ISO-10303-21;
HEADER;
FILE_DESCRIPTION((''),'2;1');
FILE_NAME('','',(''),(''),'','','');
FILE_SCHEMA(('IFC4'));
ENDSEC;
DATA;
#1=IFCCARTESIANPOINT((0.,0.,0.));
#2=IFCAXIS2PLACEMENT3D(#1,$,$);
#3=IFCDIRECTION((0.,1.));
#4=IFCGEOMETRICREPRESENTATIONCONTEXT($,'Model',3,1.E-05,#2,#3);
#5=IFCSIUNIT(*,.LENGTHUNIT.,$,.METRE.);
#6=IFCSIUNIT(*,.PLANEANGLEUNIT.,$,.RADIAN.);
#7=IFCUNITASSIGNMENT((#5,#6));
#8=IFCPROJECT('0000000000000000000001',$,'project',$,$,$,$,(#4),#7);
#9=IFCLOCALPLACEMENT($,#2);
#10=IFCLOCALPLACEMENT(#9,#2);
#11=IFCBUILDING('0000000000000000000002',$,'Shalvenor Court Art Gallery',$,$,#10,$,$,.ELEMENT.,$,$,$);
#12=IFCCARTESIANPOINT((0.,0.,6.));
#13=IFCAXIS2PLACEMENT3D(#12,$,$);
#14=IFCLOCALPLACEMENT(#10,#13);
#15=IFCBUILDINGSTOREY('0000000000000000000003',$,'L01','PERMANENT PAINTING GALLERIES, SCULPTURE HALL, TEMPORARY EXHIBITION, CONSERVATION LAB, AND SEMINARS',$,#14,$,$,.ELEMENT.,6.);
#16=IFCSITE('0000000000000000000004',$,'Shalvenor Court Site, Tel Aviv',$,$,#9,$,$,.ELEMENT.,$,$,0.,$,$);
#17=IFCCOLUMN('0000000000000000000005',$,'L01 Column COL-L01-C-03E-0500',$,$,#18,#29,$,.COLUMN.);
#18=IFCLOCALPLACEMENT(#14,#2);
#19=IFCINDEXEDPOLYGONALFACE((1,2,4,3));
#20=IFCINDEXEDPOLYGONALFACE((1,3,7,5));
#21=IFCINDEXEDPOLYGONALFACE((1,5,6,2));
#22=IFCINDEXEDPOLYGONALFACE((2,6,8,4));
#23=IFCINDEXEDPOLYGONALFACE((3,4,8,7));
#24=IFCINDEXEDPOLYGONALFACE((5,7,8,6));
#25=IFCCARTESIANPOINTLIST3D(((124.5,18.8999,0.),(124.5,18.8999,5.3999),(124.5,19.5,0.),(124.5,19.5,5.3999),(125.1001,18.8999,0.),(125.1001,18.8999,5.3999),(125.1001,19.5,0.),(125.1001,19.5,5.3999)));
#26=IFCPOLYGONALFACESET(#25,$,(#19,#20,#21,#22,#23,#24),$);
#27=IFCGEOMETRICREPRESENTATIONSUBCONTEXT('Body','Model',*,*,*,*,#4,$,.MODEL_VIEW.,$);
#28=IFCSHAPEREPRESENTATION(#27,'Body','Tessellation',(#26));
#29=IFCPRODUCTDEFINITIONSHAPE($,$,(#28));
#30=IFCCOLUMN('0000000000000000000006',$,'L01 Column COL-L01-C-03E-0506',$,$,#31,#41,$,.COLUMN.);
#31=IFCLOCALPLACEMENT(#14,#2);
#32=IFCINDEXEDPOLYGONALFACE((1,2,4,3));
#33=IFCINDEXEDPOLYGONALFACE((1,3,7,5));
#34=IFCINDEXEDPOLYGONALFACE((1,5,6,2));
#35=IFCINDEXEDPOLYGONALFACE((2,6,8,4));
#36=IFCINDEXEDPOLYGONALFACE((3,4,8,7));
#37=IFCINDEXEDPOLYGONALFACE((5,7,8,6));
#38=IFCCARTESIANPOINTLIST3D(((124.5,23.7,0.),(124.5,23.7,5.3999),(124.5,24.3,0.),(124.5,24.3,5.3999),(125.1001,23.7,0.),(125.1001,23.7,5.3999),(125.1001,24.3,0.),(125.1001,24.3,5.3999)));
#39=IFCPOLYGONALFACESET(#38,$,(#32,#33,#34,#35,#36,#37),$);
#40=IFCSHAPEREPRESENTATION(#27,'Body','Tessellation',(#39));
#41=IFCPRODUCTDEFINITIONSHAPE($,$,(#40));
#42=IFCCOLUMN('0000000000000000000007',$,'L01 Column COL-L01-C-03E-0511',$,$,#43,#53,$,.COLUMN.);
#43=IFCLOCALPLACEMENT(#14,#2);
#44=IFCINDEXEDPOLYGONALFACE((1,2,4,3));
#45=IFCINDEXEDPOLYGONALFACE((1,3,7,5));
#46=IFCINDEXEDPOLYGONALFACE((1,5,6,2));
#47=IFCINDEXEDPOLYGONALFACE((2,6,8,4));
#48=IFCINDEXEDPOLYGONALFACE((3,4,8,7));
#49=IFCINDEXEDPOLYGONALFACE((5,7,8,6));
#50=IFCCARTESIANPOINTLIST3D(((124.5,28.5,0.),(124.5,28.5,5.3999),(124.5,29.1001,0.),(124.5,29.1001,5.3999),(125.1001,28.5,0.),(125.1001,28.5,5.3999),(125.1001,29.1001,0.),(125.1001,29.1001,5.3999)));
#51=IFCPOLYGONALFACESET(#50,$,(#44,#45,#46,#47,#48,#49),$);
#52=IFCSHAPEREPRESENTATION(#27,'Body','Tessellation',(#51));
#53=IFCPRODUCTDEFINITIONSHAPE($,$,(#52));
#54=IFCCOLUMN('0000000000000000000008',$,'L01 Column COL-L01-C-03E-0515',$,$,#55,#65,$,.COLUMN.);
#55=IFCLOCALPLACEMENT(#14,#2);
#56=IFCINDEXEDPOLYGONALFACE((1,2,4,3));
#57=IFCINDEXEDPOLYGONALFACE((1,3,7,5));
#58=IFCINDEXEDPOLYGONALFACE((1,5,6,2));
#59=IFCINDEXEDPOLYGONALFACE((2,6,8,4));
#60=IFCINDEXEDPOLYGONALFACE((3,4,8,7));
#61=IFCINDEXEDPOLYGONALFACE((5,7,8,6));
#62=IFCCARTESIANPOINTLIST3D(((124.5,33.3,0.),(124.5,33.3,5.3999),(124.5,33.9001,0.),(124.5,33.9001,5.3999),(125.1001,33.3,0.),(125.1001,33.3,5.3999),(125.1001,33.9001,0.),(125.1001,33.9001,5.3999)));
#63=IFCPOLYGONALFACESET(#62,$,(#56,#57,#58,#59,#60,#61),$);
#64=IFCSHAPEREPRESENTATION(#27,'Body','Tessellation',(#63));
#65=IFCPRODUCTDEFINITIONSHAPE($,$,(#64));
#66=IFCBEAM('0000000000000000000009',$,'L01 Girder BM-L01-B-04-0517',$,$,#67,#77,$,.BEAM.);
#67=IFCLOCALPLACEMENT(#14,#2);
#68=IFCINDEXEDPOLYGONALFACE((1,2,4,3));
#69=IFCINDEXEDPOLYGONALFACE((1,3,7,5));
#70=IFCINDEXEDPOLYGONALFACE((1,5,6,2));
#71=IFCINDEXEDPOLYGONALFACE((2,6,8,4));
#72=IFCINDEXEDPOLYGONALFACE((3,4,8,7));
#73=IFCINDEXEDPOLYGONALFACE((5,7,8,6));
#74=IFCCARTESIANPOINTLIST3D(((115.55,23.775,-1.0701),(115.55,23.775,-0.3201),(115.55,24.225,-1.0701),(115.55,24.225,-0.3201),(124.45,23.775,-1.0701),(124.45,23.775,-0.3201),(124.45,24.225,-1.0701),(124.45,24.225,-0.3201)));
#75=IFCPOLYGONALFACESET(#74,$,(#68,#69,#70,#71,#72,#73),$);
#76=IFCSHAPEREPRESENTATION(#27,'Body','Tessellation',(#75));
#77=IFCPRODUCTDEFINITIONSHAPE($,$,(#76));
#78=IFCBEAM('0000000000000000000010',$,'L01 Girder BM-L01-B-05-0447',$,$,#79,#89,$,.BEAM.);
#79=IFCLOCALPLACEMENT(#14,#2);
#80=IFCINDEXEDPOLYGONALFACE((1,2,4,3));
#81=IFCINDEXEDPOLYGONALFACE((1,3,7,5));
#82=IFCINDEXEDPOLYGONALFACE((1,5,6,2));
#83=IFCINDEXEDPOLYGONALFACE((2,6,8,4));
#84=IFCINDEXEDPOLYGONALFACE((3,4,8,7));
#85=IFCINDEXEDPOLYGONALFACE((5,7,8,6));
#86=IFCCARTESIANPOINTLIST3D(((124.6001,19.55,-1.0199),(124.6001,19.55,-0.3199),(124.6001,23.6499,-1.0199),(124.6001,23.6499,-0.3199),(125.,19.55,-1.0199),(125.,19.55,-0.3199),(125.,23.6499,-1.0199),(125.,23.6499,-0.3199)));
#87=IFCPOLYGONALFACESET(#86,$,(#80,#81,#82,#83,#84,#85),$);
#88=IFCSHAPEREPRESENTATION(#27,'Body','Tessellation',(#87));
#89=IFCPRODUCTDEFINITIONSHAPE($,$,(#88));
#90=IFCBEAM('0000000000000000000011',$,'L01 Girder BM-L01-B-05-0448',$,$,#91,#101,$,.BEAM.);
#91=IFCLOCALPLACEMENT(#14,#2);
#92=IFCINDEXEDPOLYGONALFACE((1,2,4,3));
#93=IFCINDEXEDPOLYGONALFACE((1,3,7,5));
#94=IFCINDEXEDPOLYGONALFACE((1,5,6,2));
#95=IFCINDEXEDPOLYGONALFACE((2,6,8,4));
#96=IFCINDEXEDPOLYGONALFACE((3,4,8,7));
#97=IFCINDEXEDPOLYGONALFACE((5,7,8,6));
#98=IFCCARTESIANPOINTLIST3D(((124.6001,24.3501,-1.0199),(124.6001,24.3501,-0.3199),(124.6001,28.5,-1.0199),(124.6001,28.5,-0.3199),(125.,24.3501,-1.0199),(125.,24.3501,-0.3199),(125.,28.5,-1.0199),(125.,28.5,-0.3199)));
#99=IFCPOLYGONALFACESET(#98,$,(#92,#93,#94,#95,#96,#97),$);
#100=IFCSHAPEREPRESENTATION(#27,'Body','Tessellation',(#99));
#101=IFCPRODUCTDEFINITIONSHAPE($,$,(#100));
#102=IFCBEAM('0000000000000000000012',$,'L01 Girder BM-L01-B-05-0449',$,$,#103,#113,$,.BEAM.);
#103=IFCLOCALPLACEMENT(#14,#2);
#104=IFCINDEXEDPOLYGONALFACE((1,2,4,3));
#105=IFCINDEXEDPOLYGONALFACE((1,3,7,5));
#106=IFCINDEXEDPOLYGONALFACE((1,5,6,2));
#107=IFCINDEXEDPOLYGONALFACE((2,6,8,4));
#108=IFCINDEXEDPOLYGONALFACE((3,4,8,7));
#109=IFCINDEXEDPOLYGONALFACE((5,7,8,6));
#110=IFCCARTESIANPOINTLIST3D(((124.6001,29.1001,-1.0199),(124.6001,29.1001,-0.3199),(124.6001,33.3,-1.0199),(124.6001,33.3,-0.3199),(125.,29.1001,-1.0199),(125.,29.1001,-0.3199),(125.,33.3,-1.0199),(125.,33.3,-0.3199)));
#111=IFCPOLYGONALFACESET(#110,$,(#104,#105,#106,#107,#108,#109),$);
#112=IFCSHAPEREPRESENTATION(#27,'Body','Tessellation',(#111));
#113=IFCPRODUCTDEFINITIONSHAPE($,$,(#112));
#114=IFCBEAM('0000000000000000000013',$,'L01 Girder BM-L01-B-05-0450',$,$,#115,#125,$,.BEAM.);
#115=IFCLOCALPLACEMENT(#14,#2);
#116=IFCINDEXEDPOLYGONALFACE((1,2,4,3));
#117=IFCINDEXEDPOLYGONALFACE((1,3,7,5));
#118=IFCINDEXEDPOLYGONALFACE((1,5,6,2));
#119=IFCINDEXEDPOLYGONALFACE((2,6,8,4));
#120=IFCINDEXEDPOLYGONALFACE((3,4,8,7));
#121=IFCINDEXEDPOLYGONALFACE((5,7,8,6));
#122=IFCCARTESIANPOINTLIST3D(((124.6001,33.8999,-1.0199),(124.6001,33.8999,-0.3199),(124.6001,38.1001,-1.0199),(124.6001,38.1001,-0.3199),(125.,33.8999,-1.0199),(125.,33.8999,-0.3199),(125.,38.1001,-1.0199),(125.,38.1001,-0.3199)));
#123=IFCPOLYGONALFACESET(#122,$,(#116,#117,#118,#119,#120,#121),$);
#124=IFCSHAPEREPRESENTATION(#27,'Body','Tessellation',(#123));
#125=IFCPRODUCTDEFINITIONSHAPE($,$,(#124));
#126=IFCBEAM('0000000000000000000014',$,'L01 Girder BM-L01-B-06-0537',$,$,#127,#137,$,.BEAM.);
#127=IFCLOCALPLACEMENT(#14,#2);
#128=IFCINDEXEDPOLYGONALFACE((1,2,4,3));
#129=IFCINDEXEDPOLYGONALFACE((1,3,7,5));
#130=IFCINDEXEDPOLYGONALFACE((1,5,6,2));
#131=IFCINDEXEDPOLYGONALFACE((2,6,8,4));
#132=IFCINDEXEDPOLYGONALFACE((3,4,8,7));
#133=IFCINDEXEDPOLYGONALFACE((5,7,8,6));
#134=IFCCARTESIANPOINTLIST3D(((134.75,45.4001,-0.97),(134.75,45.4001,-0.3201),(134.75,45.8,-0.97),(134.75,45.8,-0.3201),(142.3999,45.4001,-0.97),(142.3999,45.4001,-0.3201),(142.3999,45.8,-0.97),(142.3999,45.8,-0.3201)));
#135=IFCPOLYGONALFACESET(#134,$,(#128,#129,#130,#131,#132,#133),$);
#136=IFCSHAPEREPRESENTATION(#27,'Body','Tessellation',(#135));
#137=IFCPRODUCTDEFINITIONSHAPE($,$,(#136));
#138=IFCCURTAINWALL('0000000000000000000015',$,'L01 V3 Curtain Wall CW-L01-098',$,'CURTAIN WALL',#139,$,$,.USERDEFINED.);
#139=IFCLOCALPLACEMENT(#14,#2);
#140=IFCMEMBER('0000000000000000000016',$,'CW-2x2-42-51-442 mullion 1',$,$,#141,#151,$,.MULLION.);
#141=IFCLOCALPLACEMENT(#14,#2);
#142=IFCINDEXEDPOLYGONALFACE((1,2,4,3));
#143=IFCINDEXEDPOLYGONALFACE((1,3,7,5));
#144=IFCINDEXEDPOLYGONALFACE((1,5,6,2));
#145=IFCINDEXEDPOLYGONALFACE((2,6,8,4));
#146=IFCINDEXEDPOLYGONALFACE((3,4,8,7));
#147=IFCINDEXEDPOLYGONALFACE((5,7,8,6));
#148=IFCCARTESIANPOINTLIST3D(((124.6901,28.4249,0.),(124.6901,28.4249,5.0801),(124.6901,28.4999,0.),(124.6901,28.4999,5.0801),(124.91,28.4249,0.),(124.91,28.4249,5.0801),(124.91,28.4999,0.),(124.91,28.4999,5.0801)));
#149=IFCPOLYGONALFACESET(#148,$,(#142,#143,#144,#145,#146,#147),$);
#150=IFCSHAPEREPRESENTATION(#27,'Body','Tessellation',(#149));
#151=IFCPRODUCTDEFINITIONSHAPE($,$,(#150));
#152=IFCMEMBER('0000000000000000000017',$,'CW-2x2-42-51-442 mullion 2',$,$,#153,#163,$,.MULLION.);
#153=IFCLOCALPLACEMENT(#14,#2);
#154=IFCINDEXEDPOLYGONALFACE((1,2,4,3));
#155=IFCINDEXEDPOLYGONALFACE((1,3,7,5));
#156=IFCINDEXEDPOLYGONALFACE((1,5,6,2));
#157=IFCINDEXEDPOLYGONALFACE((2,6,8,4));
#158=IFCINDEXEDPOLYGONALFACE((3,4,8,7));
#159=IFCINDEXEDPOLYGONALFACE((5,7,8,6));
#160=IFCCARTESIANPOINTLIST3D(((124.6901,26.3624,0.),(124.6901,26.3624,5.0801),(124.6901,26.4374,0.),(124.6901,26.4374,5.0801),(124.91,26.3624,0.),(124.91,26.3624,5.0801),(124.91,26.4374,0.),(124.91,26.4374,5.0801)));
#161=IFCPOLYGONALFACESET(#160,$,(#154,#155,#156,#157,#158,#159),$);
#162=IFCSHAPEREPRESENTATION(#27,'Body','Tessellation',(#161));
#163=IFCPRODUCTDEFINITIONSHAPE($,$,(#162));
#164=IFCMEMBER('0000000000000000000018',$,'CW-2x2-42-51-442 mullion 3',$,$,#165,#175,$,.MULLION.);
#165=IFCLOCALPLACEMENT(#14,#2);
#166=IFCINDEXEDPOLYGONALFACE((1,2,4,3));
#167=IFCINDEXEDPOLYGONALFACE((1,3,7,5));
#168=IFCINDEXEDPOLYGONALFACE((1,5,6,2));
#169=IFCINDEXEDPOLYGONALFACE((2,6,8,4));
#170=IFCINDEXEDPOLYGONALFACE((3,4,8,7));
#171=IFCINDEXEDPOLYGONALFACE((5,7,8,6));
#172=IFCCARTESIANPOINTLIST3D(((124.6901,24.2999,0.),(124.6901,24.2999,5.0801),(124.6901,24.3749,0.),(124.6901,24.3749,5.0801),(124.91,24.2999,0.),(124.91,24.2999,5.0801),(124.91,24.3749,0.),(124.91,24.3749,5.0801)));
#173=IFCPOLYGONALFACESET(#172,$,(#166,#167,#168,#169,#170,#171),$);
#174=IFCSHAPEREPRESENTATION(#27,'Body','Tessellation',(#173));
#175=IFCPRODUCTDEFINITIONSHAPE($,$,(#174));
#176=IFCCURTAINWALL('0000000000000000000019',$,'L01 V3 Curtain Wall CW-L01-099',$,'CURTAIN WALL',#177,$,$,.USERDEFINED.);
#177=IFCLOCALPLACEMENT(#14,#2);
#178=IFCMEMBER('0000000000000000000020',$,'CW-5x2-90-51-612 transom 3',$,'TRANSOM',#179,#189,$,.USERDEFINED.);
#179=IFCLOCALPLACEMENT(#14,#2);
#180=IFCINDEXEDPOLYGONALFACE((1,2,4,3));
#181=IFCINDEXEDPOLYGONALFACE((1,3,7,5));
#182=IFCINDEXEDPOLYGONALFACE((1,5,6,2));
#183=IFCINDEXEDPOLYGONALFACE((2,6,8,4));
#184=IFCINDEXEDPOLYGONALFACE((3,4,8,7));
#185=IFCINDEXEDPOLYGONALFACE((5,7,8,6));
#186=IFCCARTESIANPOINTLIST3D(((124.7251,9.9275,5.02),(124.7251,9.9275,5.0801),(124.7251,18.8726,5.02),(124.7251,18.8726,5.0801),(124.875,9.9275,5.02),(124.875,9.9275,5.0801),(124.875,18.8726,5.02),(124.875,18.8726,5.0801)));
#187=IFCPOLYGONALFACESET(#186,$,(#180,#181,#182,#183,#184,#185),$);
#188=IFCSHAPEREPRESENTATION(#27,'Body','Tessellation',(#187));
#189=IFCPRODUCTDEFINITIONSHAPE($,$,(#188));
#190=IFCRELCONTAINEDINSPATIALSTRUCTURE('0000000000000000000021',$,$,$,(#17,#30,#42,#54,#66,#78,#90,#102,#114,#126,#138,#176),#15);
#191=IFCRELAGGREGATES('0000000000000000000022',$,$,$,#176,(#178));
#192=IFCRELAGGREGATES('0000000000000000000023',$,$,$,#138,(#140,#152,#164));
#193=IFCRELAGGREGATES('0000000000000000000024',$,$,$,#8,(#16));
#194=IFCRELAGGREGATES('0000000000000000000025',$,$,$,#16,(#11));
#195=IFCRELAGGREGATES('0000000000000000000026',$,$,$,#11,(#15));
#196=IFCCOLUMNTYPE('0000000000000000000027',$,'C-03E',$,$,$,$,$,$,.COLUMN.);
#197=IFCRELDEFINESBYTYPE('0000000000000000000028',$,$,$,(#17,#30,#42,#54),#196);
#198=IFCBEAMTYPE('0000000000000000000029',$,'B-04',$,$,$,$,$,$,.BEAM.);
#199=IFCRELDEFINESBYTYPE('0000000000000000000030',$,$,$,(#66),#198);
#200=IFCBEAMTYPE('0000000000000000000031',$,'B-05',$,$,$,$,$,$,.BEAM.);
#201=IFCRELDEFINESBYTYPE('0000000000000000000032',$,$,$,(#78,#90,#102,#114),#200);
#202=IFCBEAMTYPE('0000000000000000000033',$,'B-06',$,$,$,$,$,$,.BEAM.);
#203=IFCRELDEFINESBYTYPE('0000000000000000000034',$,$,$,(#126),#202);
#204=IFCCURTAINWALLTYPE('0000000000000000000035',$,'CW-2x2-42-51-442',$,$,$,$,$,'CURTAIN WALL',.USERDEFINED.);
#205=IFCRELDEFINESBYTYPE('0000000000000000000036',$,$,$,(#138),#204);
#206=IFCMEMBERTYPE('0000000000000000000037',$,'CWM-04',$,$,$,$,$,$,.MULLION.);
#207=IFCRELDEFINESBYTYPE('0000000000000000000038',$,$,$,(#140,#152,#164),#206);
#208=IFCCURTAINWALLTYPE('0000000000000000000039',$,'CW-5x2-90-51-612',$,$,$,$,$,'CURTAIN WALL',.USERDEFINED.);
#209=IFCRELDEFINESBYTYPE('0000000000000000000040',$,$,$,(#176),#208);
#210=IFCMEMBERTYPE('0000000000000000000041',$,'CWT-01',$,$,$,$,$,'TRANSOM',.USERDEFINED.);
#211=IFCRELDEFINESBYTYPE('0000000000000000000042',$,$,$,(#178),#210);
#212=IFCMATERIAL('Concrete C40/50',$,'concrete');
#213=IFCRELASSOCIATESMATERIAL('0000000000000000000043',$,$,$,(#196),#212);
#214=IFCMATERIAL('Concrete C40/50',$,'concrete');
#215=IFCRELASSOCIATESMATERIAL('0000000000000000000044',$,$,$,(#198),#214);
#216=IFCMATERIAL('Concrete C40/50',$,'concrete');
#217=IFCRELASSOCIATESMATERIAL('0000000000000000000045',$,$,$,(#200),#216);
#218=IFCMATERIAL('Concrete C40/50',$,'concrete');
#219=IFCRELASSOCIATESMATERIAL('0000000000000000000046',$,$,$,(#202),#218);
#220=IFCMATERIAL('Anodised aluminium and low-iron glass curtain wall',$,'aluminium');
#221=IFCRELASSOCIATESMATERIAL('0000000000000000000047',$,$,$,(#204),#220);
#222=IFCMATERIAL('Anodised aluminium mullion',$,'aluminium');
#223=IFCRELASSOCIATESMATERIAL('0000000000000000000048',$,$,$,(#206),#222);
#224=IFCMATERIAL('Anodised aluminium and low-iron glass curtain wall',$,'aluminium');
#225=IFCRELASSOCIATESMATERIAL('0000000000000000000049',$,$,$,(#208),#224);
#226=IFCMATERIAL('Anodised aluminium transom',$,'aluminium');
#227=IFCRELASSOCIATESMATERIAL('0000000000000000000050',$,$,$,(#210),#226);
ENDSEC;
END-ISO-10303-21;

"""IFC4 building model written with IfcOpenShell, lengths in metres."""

from ifc_helpers import new_model, si_unit, direction, frame, origin, origin_2d, place, context, subcontext, project, spatial, rectangle, extrude, material, material_profile, profile_set, type_object, element, aggregate, save


model = new_model("IFC4")

# Units and contexts
model_context = context("Model", 3, precision=1e-05, world=origin(), true_north=direction((0.0, 1.0)))
body_context = subcontext(model_context, "Body", "Model", "MODEL_VIEW")
ifc_project = project(units=[si_unit("LENGTHUNIT", "METRE"), si_unit("PLANEANGLEUNIT", "RADIAN")], contexts=[model_context])

# Site, building, storey
site_placement = place(None, origin())
site = spatial("IfcSite", under=ifc_project, at=site_placement, Name="Shalvenor Court Site, Tel Aviv", CompositionType="ELEMENT", RefElevation=0.0)
building_placement = place(site_placement, origin())
building = spatial("IfcBuilding", under=site, at=building_placement, Name="Shalvenor Court Art Gallery", CompositionType="ELEMENT")
storey_placement = place(building_placement, frame((0.0, 0.0, 6.0)))
storey = spatial("IfcBuildingStorey", under=building, at=storey_placement, Name="L01", Description="PERMANENT PAINTING GALLERIES, SCULPTURE HALL, TEMPORARY EXHIBITION, CONSERVATION LAB, AND SEMINARS", CompositionType="ELEMENT", Elevation=6.0)

# Columns
ifc_material_1 = material(Name="Concrete C40/50", Category="concrete")
ifc_material_profile_1 = material_profile(ifc_material_1, rectangle(XDim=0.6001, YDim=0.6001, at=origin_2d()), Name="RC 600x600")
ifc_profile_set_1 = profile_set([ifc_material_profile_1], Name="Concrete C40/50")
column_type = type_object("IfcColumnType", Name="C-03E", PredefinedType="COLUMN", material=ifc_profile_set_1)
for number, where, z_axis, x_axis, name in (
    (1, (124.8, 19.2, 0.0), (0.0, 0.0, 1.0), (1.0, 0.0, 0.0), "L01 Column COL-L01-C-03E-0500"),
    (2, (124.8, 24.0, 0.0), (0.0, 0.0, 1.0), (1.0, 0.0, 0.0), "L01 Column COL-L01-C-03E-0506"),
    (3, (124.8, 28.8, 0.0), (0.0, 0.0, 1.0), (1.0, 0.0, 0.0), "L01 Column COL-L01-C-03E-0511"),
    (4, (124.8, 33.6001, 0.0), (0.0, 0.0, 1.0), (1.0, 0.0, 0.0), "L01 Column COL-L01-C-03E-0515"),
):
    element("IfcColumn", number, at=place(storey_placement, frame(where, z_axis=z_axis, x_axis=x_axis)), inside=storey, type_object=column_type, Name=name, PredefinedType="COLUMN", context=body_context, shape_type="SweptSolid", body=[
        extrude(rectangle(XDim=0.6001, YDim=0.6001, at=origin_2d()), origin(), (0.0, 0.0, 1.0), 5.3999),
    ])

# Beams
ifc_material_2 = material(Name="Concrete C40/50", Category="concrete")
ifc_material_profile_2 = material_profile(ifc_material_2, rectangle(XDim=0.45, YDim=0.75, at=origin_2d()), Name="RC 450x750")
ifc_profile_set_2 = profile_set([ifc_material_profile_2], Name="Concrete C40/50")
beam_type_1 = type_object("IfcBeamType", Name="B-04", PredefinedType="BEAM", material=ifc_profile_set_2)
beam_1_placement = place(storey_placement, frame((115.55, 24.0, -0.6951), z_axis=(1.0, 0.0, 0.0), x_axis=(0.0, 1.0, 0.0)))
element("IfcBeam", 5, at=beam_1_placement, inside=storey, type_object=beam_type_1, Name="L01 Girder BM-L01-B-04-0517", PredefinedType="BEAM", context=body_context, shape_type="SweptSolid", body=[
    extrude(rectangle(XDim=0.45, YDim=0.75, at=origin_2d()), origin(), (0.0, 0.0, 1.0), 8.8999),
])
ifc_material_3 = material(Name="Concrete C40/50", Category="concrete")
ifc_material_profile_3 = material_profile(ifc_material_3, rectangle(XDim=0.3999, YDim=0.7, at=origin_2d()), Name="RC 400x700")
ifc_profile_set_3 = profile_set([ifc_material_profile_3], Name="Concrete C40/50")
beam_type_2 = type_object("IfcBeamType", Name="B-05", PredefinedType="BEAM", material=ifc_profile_set_3)
beam_2_placement = place(storey_placement, frame((124.8, 19.55, -0.6699), z_axis=(0.0, 1.0, 0.0), x_axis=(-1.0, 0.0, 0.0)))
element("IfcBeam", 6, at=beam_2_placement, inside=storey, type_object=beam_type_2, Name="L01 Girder BM-L01-B-05-0447", PredefinedType="BEAM", context=body_context, shape_type="SweptSolid", body=[
    extrude(rectangle(XDim=0.3999, YDim=0.7, at=origin_2d()), origin(), (0.0, 0.0, 1.0), 4.0999),
])
beam_3_placement = place(storey_placement, frame((124.8, 24.3501, -0.6699), z_axis=(0.0, 1.0, 0.0), x_axis=(-1.0, 0.0, 0.0)))
element("IfcBeam", 7, at=beam_3_placement, inside=storey, type_object=beam_type_2, Name="L01 Girder BM-L01-B-05-0448", PredefinedType="BEAM", context=body_context, shape_type="SweptSolid", body=[
    extrude(rectangle(XDim=0.3999, YDim=0.7, at=origin_2d()), origin(), (0.0, 0.0, 1.0), 4.1499),
])
beam_4_placement = place(storey_placement, frame((124.8, 29.1001, -0.6699), z_axis=(0.0, 1.0, 0.0), x_axis=(-1.0, 0.0, 0.0)))
element("IfcBeam", 8, at=beam_4_placement, inside=storey, type_object=beam_type_2, Name="L01 Girder BM-L01-B-05-0449", PredefinedType="BEAM", context=body_context, shape_type="SweptSolid", body=[
    extrude(rectangle(XDim=0.3999, YDim=0.7, at=origin_2d()), origin(), (0.0, 0.0, 1.0), 4.2),
])
beam_5_placement = place(storey_placement, frame((124.8, 33.8999, -0.6699), z_axis=(0.0, 1.0, 0.0), x_axis=(-1.0, 0.0, 0.0)))
element("IfcBeam", 9, at=beam_5_placement, inside=storey, type_object=beam_type_2, Name="L01 Girder BM-L01-B-05-0450", PredefinedType="BEAM", context=body_context, shape_type="SweptSolid", body=[
    extrude(rectangle(XDim=0.3999, YDim=0.7, at=origin_2d()), origin(), (0.0, 0.0, 1.0), 4.2002),
])
ifc_material_4 = material(Name="Concrete C40/50", Category="concrete")
ifc_material_profile_4 = material_profile(ifc_material_4, rectangle(XDim=0.3999, YDim=0.6499, at=origin_2d()), Name="RC 400x650")
ifc_profile_set_4 = profile_set([ifc_material_profile_4], Name="Concrete C40/50")
beam_type_3 = type_object("IfcBeamType", Name="B-06", PredefinedType="BEAM", material=ifc_profile_set_4)
beam_6_placement = place(storey_placement, frame((134.75, 45.6001, -0.645), z_axis=(1.0, 0.0, 0.0), x_axis=(0.0, 1.0, 0.0)))
element("IfcBeam", 10, at=beam_6_placement, inside=storey, type_object=beam_type_3, Name="L01 Girder BM-L01-B-06-0537", PredefinedType="BEAM", context=body_context, shape_type="SweptSolid", body=[
    extrude(rectangle(XDim=0.3999, YDim=0.6499, at=origin_2d()), origin(), (0.0, 0.0, 1.0), 7.6499),
])

# Curtain wall, members
ifc_material_5 = material(Name="Anodised aluminium and low-iron glass curtain wall", Category="aluminium")
curtain_wall_type_1 = type_object("IfcCurtainWallType", Name="CW-2x2-42-51-442", ElementType="CURTAIN WALL", PredefinedType="USERDEFINED", material=ifc_material_5)
curtain_wall_1_placement = place(storey_placement, origin())
curtain_wall_1 = element("IfcCurtainWall", 11, at=curtain_wall_1_placement, inside=storey, type_object=curtain_wall_type_1, Name="L01 V3 Curtain Wall CW-L01-098", ObjectType="CURTAIN WALL", PredefinedType="USERDEFINED")
ifc_material_6 = material(Name="Anodised aluminium mullion", Category="aluminium")
ifc_material_profile_5 = material_profile(ifc_material_6, rectangle(XDim=0.075, YDim=0.22, at=origin_2d()), Name="CWM-04")
ifc_profile_set_5 = profile_set([ifc_material_profile_5], Name="Anodised aluminium mullion")
member_type_1 = type_object("IfcMemberType", Name="CWM-04", PredefinedType="MULLION", material=ifc_profile_set_5)
member_1_placement = place(storey_placement, frame((124.8, 28.4624, 0.0), z_axis=(0.0, 0.0, 1.0), x_axis=(0.0, -1.0, 0.0)))
member_1 = element("IfcMember", 12, at=member_1_placement, type_object=member_type_1, Name="CW-2x2-42-51-442 mullion 1", PredefinedType="MULLION", context=body_context, shape_type="SweptSolid", body=[
    extrude(rectangle(XDim=0.075, YDim=0.22, at=origin_2d()), origin(), (0.0, 0.0, 1.0), 5.0801),
])
member_2_placement = place(storey_placement, frame((124.8, 26.3999, 0.0), z_axis=(0.0, 0.0, 1.0), x_axis=(0.0, -1.0, 0.0)))
member_2 = element("IfcMember", 13, at=member_2_placement, type_object=member_type_1, Name="CW-2x2-42-51-442 mullion 2", PredefinedType="MULLION", context=body_context, shape_type="SweptSolid", body=[
    extrude(rectangle(XDim=0.075, YDim=0.22, at=origin_2d()), origin(), (0.0, 0.0, 1.0), 5.0801),
])
member_3_placement = place(storey_placement, frame((124.8, 24.3374, 0.0), z_axis=(0.0, 0.0, 1.0), x_axis=(0.0, -1.0, 0.0)))
member_3 = element("IfcMember", 14, at=member_3_placement, type_object=member_type_1, Name="CW-2x2-42-51-442 mullion 3", PredefinedType="MULLION", context=body_context, shape_type="SweptSolid", body=[
    extrude(rectangle(XDim=0.075, YDim=0.22, at=origin_2d()), origin(), (0.0, 0.0, 1.0), 5.0801),
])

# Curtain wall, member
ifc_material_7 = material(Name="Anodised aluminium and low-iron glass curtain wall", Category="aluminium")
curtain_wall_type_2 = type_object("IfcCurtainWallType", Name="CW-5x2-90-51-612", ElementType="CURTAIN WALL", PredefinedType="USERDEFINED", material=ifc_material_7)
curtain_wall_2_placement = place(storey_placement, origin())
curtain_wall_2 = element("IfcCurtainWall", 15, at=curtain_wall_2_placement, inside=storey, type_object=curtain_wall_type_2, Name="L01 V3 Curtain Wall CW-L01-099", ObjectType="CURTAIN WALL", PredefinedType="USERDEFINED")
ifc_material_8 = material(Name="Anodised aluminium transom", Category="aluminium")
ifc_material_profile_6 = material_profile(ifc_material_8, rectangle(XDim=0.1499, YDim=0.0601, at=origin_2d()), Name="CWT-01")
ifc_profile_set_6 = profile_set([ifc_material_profile_6], Name="Anodised aluminium transom")
member_type_2 = type_object("IfcMemberType", Name="CWT-01", ElementType="TRANSOM", PredefinedType="USERDEFINED", material=ifc_profile_set_6)
member_4_placement = place(storey_placement, frame((124.8, 18.8726, 5.05), z_axis=(0.0, -1.0, 0.0), x_axis=(1.0, 0.0, 0.0)))
member_4 = element("IfcMember", 16, at=member_4_placement, type_object=member_type_2, Name="CW-5x2-90-51-612 transom 3", ObjectType="TRANSOM", PredefinedType="USERDEFINED", context=body_context, shape_type="SweptSolid", body=[
    extrude(rectangle(XDim=0.1499, YDim=0.0601, at=origin_2d()), origin(), (0.0, 0.0, 1.0), 8.9451),
])
aggregate(curtain_wall_2, [member_4])

aggregate(curtain_wall_1, [member_1, member_2, member_3])

save(model, "model.ifc")
